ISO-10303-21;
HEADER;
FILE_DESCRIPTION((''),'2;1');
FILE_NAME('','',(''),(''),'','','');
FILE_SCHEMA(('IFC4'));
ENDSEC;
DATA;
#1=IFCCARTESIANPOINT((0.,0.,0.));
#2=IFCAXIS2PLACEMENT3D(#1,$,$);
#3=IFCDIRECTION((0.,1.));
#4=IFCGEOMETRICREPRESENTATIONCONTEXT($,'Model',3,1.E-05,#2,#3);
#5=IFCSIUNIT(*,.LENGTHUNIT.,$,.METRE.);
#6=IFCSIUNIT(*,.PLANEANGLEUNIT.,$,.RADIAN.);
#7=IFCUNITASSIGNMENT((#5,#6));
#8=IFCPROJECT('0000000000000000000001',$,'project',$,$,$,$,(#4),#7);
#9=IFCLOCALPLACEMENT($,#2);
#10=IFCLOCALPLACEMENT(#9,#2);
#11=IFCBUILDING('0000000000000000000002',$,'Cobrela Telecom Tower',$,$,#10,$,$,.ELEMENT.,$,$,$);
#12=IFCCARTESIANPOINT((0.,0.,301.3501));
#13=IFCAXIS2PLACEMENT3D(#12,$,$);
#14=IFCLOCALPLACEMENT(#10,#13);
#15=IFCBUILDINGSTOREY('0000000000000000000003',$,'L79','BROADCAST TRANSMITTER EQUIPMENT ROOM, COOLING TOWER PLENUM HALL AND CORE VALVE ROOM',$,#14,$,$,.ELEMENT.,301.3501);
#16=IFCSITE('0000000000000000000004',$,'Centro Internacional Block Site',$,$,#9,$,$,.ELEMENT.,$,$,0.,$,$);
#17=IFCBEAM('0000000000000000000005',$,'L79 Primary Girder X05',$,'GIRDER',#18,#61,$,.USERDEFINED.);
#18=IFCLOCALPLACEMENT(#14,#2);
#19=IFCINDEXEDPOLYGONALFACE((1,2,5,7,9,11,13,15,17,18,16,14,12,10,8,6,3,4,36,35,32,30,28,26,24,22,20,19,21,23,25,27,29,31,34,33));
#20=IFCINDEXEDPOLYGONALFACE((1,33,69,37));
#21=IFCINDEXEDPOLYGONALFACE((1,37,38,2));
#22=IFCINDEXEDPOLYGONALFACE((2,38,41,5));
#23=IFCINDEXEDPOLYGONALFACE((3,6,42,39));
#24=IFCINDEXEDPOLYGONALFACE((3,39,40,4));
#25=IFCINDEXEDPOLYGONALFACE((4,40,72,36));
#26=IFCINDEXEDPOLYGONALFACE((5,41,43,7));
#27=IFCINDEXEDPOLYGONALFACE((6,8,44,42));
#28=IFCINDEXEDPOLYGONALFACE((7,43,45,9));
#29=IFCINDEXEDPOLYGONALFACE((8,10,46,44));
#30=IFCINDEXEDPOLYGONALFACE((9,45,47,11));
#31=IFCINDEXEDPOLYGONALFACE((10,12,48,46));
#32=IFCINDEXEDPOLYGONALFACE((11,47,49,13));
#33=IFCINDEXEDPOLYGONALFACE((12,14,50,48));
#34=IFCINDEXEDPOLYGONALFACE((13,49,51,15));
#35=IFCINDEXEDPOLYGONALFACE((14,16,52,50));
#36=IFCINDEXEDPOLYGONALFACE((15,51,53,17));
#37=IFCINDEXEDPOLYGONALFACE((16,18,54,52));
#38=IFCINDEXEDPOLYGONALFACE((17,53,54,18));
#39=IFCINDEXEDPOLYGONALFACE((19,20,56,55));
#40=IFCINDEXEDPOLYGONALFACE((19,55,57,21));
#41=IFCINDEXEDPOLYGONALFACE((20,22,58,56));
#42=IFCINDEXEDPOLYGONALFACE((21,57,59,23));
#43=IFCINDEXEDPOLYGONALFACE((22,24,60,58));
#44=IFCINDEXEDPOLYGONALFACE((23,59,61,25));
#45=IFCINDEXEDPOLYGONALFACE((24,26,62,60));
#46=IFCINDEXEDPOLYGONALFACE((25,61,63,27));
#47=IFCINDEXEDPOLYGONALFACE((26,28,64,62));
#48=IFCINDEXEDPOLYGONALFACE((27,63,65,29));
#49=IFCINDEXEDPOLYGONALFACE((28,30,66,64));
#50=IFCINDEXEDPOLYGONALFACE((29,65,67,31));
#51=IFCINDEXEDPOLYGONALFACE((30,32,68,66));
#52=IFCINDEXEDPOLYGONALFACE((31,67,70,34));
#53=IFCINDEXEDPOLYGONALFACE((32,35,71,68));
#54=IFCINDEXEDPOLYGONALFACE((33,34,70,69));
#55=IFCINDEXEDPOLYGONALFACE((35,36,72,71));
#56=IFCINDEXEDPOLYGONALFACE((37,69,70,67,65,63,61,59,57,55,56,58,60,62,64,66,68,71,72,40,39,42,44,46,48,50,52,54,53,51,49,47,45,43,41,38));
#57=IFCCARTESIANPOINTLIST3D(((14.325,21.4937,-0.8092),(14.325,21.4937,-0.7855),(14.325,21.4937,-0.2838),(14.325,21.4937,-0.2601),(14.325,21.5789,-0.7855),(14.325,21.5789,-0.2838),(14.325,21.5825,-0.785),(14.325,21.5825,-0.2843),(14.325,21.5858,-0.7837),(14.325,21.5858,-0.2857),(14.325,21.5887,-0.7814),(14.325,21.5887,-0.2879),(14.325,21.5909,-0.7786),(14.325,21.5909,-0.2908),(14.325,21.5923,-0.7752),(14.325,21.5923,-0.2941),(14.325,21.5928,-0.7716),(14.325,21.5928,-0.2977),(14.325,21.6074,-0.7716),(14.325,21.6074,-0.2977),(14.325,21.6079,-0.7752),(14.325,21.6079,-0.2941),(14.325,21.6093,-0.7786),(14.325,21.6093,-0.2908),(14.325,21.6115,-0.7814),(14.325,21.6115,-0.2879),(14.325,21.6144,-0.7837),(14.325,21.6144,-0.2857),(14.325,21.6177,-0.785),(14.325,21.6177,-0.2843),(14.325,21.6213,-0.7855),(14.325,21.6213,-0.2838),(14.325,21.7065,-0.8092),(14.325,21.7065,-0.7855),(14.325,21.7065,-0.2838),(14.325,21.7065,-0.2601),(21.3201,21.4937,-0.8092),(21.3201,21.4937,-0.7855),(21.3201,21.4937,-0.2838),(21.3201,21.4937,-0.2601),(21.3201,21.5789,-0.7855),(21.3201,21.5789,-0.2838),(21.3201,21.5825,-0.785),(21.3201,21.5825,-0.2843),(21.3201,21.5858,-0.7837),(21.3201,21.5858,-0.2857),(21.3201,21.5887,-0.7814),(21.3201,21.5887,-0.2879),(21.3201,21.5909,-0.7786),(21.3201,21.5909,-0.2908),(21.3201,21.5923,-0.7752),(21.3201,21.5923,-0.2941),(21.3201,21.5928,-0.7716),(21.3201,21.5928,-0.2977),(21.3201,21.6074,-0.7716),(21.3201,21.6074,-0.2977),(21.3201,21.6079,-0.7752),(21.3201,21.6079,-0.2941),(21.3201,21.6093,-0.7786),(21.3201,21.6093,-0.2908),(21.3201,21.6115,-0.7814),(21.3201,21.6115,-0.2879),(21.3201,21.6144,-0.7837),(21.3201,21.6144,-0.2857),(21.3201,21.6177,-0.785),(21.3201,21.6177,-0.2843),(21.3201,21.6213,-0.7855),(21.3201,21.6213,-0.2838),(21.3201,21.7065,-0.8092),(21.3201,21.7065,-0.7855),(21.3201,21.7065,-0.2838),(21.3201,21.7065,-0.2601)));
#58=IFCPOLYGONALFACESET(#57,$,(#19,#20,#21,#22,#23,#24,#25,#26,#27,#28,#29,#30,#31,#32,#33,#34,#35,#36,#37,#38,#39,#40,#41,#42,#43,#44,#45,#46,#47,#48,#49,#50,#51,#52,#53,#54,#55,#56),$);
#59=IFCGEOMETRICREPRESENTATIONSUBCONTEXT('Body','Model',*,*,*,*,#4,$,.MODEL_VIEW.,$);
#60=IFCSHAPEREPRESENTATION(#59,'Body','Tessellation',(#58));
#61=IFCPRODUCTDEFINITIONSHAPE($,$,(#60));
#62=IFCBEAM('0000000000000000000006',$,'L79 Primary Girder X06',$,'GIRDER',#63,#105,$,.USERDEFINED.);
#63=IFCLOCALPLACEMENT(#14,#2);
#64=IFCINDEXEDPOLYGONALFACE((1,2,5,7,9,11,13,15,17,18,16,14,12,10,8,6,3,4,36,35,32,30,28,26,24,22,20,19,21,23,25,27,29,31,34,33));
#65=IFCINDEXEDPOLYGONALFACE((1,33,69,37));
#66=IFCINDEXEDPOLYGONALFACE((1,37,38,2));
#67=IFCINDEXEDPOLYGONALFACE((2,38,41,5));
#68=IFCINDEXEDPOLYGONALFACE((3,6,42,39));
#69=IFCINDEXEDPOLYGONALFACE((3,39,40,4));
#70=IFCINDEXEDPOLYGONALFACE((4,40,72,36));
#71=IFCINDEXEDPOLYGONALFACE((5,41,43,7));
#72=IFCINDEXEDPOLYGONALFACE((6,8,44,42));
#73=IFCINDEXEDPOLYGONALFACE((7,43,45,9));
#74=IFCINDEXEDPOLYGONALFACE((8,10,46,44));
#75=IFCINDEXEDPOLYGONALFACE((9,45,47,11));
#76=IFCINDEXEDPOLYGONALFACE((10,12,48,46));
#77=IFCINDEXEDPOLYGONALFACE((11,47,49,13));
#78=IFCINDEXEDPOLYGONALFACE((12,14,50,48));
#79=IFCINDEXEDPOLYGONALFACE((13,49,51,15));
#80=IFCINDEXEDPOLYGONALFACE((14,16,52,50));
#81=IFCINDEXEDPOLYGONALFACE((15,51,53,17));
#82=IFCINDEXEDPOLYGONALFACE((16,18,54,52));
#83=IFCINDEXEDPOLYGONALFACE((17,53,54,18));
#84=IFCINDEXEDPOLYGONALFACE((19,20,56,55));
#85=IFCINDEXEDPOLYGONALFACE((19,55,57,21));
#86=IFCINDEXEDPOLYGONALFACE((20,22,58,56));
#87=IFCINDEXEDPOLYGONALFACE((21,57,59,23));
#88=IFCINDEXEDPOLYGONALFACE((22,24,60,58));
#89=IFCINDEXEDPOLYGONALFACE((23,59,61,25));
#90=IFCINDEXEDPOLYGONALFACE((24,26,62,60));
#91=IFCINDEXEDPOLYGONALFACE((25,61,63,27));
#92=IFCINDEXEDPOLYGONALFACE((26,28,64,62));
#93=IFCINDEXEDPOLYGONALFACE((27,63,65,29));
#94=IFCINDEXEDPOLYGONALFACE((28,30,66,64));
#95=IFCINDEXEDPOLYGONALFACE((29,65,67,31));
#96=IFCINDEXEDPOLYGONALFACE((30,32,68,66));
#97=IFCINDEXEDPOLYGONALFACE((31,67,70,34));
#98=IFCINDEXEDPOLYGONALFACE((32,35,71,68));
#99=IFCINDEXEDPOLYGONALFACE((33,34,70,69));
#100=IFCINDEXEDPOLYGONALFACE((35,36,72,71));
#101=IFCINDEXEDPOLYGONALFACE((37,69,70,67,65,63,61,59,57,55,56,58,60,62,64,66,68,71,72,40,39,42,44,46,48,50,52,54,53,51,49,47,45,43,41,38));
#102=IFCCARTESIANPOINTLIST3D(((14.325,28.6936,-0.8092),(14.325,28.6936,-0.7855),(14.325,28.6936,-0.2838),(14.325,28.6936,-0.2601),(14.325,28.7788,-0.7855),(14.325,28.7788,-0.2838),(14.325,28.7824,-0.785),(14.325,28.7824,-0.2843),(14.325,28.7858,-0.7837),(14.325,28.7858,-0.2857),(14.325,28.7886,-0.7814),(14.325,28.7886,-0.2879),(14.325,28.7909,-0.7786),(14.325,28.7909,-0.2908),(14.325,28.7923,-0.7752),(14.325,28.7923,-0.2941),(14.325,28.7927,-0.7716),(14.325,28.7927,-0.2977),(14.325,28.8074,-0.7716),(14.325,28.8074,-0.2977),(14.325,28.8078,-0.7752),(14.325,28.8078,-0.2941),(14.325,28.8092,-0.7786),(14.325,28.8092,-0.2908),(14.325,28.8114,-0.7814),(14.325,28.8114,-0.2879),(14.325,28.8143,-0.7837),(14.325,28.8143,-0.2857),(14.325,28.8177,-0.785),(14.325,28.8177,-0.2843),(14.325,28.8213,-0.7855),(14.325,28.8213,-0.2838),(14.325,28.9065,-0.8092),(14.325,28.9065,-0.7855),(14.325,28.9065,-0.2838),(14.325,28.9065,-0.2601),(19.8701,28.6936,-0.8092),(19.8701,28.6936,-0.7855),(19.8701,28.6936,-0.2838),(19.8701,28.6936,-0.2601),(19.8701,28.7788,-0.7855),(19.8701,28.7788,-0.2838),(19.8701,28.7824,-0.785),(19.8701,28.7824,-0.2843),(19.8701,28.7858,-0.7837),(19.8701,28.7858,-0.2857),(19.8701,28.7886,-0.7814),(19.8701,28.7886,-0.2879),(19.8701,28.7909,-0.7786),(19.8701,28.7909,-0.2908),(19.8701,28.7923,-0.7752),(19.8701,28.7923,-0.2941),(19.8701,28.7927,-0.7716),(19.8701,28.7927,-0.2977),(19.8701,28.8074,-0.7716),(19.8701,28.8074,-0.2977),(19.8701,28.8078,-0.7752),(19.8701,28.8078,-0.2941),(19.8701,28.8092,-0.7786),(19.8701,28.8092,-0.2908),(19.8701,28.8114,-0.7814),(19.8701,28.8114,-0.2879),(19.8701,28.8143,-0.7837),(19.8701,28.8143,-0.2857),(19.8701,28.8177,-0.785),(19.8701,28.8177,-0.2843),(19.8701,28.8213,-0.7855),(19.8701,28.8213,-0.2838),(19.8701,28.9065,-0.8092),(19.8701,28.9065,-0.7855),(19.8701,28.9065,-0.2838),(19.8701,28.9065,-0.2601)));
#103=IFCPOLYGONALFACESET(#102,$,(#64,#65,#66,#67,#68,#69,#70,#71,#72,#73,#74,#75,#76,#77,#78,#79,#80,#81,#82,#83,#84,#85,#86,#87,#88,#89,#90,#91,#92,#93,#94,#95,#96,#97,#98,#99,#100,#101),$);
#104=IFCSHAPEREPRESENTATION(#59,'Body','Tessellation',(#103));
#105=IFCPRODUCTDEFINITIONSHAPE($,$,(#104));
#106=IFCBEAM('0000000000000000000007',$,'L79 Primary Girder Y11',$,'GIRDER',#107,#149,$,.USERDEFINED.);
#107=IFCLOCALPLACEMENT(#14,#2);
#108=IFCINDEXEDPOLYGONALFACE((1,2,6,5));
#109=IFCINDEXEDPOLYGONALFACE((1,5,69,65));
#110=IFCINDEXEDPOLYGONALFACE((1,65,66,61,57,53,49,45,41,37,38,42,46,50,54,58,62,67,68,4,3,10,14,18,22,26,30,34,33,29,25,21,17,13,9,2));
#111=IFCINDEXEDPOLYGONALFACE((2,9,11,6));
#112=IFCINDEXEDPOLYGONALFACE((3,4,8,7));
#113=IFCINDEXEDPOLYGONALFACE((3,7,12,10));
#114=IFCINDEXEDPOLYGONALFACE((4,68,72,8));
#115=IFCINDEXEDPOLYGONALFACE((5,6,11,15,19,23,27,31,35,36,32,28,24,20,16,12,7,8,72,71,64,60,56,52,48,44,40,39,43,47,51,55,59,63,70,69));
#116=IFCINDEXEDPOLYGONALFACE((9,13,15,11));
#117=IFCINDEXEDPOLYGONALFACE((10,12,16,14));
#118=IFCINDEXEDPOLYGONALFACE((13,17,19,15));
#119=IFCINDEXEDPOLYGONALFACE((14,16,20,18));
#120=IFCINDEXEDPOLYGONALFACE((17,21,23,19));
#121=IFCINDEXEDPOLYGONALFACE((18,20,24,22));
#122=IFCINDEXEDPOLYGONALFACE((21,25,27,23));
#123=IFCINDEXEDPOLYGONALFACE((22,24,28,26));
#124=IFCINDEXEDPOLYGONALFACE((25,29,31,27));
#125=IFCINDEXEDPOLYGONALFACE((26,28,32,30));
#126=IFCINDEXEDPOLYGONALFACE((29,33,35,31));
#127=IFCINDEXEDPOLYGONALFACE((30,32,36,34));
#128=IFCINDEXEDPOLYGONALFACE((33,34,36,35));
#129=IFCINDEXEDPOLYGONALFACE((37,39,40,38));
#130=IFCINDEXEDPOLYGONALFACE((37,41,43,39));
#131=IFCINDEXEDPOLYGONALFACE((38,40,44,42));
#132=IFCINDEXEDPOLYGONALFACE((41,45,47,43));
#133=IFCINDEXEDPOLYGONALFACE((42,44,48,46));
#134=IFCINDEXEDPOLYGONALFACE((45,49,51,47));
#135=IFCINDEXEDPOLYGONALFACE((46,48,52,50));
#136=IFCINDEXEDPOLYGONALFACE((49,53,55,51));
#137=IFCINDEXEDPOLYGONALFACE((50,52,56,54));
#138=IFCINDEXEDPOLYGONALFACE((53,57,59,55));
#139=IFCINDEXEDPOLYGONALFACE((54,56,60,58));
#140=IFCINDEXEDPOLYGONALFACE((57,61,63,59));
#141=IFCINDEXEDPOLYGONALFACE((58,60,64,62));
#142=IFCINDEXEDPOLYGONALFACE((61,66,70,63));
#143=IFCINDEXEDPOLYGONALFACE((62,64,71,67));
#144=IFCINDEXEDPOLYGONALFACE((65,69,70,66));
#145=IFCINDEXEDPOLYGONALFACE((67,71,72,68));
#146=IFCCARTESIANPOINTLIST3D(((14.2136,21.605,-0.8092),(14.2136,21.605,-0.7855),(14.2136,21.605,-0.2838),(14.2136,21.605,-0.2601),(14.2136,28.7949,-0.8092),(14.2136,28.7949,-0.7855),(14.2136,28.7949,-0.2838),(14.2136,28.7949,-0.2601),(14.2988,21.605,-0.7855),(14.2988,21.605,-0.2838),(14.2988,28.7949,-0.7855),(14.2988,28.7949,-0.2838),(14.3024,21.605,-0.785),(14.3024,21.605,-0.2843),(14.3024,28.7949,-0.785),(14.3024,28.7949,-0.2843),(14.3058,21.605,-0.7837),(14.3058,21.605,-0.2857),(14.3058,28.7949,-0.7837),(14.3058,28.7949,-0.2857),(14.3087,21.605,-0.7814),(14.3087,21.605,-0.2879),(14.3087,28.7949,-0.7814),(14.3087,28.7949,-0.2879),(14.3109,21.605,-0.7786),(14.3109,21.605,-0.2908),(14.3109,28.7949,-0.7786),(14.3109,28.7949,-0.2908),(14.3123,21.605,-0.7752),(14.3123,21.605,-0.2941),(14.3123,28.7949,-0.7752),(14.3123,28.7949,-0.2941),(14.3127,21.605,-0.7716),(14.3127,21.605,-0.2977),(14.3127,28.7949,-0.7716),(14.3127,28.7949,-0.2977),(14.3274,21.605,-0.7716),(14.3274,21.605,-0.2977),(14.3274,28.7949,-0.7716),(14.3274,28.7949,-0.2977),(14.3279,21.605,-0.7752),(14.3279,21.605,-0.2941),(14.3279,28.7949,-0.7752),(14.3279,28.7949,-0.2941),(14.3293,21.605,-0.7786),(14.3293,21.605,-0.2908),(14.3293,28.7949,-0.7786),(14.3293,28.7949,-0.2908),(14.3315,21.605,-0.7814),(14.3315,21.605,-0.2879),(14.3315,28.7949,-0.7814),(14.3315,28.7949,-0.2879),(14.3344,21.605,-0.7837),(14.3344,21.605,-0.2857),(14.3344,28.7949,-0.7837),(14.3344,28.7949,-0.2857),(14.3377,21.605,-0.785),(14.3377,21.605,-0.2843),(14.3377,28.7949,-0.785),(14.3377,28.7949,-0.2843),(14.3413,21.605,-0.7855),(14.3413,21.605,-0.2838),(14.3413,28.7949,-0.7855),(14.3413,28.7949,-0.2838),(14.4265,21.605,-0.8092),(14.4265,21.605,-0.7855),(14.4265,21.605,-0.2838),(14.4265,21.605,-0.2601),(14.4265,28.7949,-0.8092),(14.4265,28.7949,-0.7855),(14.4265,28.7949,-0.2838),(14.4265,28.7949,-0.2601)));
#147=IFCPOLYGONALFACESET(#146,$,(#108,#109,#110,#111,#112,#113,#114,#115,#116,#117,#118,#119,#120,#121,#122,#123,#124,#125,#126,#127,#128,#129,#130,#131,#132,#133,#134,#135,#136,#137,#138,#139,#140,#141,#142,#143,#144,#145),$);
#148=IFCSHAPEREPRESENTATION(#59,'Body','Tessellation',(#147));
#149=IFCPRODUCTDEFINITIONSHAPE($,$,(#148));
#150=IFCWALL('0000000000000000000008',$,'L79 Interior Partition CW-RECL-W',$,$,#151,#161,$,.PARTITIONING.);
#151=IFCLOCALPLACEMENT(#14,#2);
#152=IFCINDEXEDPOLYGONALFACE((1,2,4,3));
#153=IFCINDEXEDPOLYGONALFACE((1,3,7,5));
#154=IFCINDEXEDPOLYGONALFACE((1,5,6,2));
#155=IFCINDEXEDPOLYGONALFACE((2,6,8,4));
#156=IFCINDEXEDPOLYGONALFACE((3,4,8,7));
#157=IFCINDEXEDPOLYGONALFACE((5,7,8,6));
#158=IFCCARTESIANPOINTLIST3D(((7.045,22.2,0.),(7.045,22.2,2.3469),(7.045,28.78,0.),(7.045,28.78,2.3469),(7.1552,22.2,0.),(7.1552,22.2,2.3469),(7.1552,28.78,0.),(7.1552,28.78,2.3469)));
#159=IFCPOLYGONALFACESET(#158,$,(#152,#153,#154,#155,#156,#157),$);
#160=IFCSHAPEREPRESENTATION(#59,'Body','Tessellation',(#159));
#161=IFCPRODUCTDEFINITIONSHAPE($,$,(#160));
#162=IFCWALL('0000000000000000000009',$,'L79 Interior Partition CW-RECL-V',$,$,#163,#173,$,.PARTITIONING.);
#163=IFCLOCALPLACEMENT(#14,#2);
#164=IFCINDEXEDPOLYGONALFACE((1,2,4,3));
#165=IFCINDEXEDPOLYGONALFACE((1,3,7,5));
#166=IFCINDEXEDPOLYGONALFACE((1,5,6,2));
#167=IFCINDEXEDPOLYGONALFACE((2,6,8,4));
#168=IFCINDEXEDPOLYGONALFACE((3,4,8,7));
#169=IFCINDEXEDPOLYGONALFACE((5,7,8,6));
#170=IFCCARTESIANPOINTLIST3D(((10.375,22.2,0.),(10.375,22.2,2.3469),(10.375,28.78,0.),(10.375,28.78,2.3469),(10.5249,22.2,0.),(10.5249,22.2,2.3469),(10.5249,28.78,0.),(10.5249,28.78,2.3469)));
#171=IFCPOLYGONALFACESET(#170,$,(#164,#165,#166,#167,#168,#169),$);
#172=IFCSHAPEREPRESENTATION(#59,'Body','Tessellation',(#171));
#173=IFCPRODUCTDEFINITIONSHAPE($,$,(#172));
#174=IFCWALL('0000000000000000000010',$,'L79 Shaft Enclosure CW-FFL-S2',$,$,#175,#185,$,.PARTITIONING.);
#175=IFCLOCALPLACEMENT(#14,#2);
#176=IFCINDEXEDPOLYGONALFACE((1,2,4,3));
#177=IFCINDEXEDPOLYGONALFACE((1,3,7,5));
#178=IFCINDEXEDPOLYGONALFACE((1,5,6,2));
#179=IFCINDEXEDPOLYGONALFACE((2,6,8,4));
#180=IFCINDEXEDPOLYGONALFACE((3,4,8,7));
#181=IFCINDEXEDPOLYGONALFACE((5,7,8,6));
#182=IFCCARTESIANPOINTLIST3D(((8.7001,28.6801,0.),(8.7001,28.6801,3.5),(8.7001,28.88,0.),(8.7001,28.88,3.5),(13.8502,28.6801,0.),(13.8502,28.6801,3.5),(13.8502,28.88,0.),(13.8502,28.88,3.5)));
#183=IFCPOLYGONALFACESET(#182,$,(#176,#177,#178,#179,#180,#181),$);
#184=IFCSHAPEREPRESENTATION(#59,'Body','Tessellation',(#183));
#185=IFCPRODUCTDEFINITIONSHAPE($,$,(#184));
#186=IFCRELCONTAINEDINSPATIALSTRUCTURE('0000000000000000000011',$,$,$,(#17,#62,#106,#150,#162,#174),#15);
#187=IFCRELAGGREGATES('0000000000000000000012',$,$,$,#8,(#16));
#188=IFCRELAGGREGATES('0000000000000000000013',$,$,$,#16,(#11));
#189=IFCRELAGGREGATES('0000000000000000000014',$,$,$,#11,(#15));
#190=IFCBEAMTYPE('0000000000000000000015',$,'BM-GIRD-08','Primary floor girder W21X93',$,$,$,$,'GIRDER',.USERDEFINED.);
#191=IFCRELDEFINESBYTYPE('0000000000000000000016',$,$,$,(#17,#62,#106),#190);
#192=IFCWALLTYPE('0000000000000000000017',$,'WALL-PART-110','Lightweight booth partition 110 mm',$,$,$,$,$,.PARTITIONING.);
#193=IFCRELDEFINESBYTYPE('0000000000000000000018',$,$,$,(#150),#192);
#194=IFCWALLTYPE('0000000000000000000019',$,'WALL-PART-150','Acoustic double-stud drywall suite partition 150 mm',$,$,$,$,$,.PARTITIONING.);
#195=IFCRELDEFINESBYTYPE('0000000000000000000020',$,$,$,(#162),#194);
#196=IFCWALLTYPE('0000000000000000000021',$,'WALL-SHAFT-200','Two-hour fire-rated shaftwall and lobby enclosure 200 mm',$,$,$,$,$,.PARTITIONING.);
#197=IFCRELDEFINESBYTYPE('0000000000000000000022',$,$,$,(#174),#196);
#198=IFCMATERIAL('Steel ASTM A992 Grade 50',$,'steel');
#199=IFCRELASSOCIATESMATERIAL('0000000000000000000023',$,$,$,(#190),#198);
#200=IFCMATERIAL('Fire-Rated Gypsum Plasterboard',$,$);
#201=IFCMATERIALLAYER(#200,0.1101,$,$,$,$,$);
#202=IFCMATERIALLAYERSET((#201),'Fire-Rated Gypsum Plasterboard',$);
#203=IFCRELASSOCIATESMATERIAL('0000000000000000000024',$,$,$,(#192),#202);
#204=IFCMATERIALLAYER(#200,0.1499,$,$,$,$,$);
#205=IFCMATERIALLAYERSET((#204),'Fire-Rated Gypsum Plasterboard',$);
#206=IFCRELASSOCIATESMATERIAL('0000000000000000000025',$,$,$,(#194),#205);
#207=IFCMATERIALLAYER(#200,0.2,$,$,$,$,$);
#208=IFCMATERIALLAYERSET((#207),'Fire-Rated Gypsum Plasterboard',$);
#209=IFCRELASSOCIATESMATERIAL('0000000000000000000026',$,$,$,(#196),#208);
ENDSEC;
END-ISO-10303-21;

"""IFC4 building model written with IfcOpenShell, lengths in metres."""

from ifc_helpers import new_model, si_unit, direction, frame, frame_2d, origin, origin_2d, place, context, subcontext, project, spatial, rectangle, i_section, extrude, material, layer, layer_set, material_profile, profile_set, type_object, element, save


model = new_model("IFC4")

# Units and contexts
model_context = context("Model", 3, precision=1e-05, world=origin(), true_north=direction((0.0, 1.0)))
body_context = subcontext(model_context, "Body", "Model", "MODEL_VIEW")
ifc_project = project(units=[si_unit("LENGTHUNIT", "METRE"), si_unit("PLANEANGLEUNIT", "RADIAN")], contexts=[model_context])

# Site, building, storey
site_placement = place(None, origin())
site = spatial("IfcSite", under=ifc_project, at=site_placement, Name="Centro Internacional Block Site", CompositionType="ELEMENT", RefElevation=0.0)
building_placement = place(site_placement, origin())
building = spatial("IfcBuilding", under=site, at=building_placement, Name="Cobrela Telecom Tower", CompositionType="ELEMENT")
storey_placement = place(building_placement, frame((0.0, 0.0, 301.3501)))
storey = spatial("IfcBuildingStorey", under=building, at=storey_placement, Name="L79", Description="BROADCAST TRANSMITTER EQUIPMENT ROOM, COOLING TOWER PLENUM HALL AND CORE VALVE ROOM", CompositionType="ELEMENT", Elevation=301.3501)

# Beams
ifc_material_1 = material(Name="Steel ASTM A992 Grade 50", Category="steel")
ifc_material_profile = material_profile(ifc_material_1, i_section(OverallWidth=0.2129, OverallDepth=0.5491, WebThickness=0.0146, FlangeThickness=0.0237, FilletRadius=0.0139, at=origin_2d()), Name="W21X93")
ifc_profile_set = profile_set([ifc_material_profile], Name="Steel ASTM A992 Grade 50")
beam_type = type_object("IfcBeamType", Name="BM-GIRD-08", Description="Primary floor girder W21X93", ElementType="GIRDER", PredefinedType="USERDEFINED", material=ifc_profile_set)
beam_1_placement = place(storey_placement, frame((14.325, 21.6001, -0.5347), z_axis=(1.0, 0.0, 0.0), x_axis=(0.0, 1.0, 0.0)))
element("IfcBeam", 1, at=beam_1_placement, inside=storey, type_object=beam_type, Name="L79 Primary Girder X05", ObjectType="GIRDER", PredefinedType="USERDEFINED", context=body_context, shape_type="SweptSolid", body=[
    extrude(i_section(OverallWidth=0.2129, OverallDepth=0.5491, WebThickness=0.0146, FlangeThickness=0.0237, FilletRadius=0.0139, at=origin_2d()), origin(), (0.0, 0.0, 1.0), 6.9951),
])
beam_2_placement = place(storey_placement, frame((14.325, 28.8, -0.5347), z_axis=(1.0, 0.0, 0.0), x_axis=(0.0, 1.0, 0.0)))
element("IfcBeam", 2, at=beam_2_placement, inside=storey, type_object=beam_type, Name="L79 Primary Girder X06", ObjectType="GIRDER", PredefinedType="USERDEFINED", context=body_context, shape_type="SweptSolid", body=[
    extrude(i_section(OverallWidth=0.2129, OverallDepth=0.5491, WebThickness=0.0146, FlangeThickness=0.0237, FilletRadius=0.0139, at=origin_2d()), origin(), (0.0, 0.0, 1.0), 5.5452),
])
beam_3_placement = place(storey_placement, frame((14.3201, 21.605, -0.5347), z_axis=(0.0, 1.0, 0.0), x_axis=(-1.0, 0.0, 0.0)))
element("IfcBeam", 3, at=beam_3_placement, inside=storey, type_object=beam_type, Name="L79 Primary Girder Y11", ObjectType="GIRDER", PredefinedType="USERDEFINED", context=body_context, shape_type="SweptSolid", body=[
    extrude(i_section(OverallWidth=0.2129, OverallDepth=0.5491, WebThickness=0.0146, FlangeThickness=0.0237, FilletRadius=0.0139, at=origin_2d()), origin(), (0.0, 0.0, 1.0), 7.1899),
])

# Walls
ifc_material_2 = material(Name="Fire-Rated Gypsum Plasterboard")
ifc_layer_1 = layer(ifc_material_2, 0.1101)
ifc_layer_set_1 = layer_set([ifc_layer_1], Name="Fire-Rated Gypsum Plasterboard")
wall_type_1 = type_object("IfcWallType", Name="WALL-PART-110", Description="Lightweight booth partition 110 mm", PredefinedType="PARTITIONING", material=ifc_layer_set_1)
wall_1_placement = place(storey_placement, frame((7.1001, 22.2, 0.0), z_axis=(0.0, 0.0, 1.0), x_axis=(0.0, 1.0, 0.0)))
element("IfcWall", 4, at=wall_1_placement, inside=storey, type_object=wall_type_1, Name="L79 Interior Partition CW-RECL-W", PredefinedType="PARTITIONING", context=body_context, shape_type="SweptSolid", body=[
    extrude(rectangle(XDim=6.5801, YDim=0.1101, at=frame_2d((3.29, 0.0))), origin(), (0.0, 0.0, 1.0), 2.3469),
])
ifc_layer_2 = layer(ifc_material_2, 0.1499)
ifc_layer_set_2 = layer_set([ifc_layer_2], Name="Fire-Rated Gypsum Plasterboard")
wall_type_2 = type_object("IfcWallType", Name="WALL-PART-150", Description="Acoustic double-stud drywall suite partition 150 mm", PredefinedType="PARTITIONING", material=ifc_layer_set_2)
wall_2_placement = place(storey_placement, frame((10.45, 22.2, 0.0), z_axis=(0.0, 0.0, 1.0), x_axis=(0.0, 1.0, 0.0)))
element("IfcWall", 5, at=wall_2_placement, inside=storey, type_object=wall_type_2, Name="L79 Interior Partition CW-RECL-V", PredefinedType="PARTITIONING", context=body_context, shape_type="SweptSolid", body=[
    extrude(rectangle(XDim=6.5801, YDim=0.1499, at=frame_2d((3.29, 0.0))), origin(), (0.0, 0.0, 1.0), 2.3469),
])

# Wall
ifc_layer_3 = layer(ifc_material_2, 0.2)
ifc_layer_set_3 = layer_set([ifc_layer_3], Name="Fire-Rated Gypsum Plasterboard")
wall_type_3 = type_object("IfcWallType", Name="WALL-SHAFT-200", Description="Two-hour fire-rated shaftwall and lobby enclosure 200 mm", PredefinedType="PARTITIONING", material=ifc_layer_set_3)
wall_3_placement = place(storey_placement, frame((8.7, 28.78, 0.0), z_axis=(0.0, 0.0, 1.0), x_axis=(1.0, 0.0, 0.0)))
element("IfcWall", 6, at=wall_3_placement, inside=storey, type_object=wall_type_3, Name="L79 Shaft Enclosure CW-FFL-S2", PredefinedType="PARTITIONING", context=body_context, shape_type="SweptSolid", body=[
    extrude(rectangle(XDim=5.1501, YDim=0.2, at=frame_2d((2.5752, 0.0))), origin(), (0.0, 0.0, 1.0), 3.5),
])

save(model, "model.ifc")
